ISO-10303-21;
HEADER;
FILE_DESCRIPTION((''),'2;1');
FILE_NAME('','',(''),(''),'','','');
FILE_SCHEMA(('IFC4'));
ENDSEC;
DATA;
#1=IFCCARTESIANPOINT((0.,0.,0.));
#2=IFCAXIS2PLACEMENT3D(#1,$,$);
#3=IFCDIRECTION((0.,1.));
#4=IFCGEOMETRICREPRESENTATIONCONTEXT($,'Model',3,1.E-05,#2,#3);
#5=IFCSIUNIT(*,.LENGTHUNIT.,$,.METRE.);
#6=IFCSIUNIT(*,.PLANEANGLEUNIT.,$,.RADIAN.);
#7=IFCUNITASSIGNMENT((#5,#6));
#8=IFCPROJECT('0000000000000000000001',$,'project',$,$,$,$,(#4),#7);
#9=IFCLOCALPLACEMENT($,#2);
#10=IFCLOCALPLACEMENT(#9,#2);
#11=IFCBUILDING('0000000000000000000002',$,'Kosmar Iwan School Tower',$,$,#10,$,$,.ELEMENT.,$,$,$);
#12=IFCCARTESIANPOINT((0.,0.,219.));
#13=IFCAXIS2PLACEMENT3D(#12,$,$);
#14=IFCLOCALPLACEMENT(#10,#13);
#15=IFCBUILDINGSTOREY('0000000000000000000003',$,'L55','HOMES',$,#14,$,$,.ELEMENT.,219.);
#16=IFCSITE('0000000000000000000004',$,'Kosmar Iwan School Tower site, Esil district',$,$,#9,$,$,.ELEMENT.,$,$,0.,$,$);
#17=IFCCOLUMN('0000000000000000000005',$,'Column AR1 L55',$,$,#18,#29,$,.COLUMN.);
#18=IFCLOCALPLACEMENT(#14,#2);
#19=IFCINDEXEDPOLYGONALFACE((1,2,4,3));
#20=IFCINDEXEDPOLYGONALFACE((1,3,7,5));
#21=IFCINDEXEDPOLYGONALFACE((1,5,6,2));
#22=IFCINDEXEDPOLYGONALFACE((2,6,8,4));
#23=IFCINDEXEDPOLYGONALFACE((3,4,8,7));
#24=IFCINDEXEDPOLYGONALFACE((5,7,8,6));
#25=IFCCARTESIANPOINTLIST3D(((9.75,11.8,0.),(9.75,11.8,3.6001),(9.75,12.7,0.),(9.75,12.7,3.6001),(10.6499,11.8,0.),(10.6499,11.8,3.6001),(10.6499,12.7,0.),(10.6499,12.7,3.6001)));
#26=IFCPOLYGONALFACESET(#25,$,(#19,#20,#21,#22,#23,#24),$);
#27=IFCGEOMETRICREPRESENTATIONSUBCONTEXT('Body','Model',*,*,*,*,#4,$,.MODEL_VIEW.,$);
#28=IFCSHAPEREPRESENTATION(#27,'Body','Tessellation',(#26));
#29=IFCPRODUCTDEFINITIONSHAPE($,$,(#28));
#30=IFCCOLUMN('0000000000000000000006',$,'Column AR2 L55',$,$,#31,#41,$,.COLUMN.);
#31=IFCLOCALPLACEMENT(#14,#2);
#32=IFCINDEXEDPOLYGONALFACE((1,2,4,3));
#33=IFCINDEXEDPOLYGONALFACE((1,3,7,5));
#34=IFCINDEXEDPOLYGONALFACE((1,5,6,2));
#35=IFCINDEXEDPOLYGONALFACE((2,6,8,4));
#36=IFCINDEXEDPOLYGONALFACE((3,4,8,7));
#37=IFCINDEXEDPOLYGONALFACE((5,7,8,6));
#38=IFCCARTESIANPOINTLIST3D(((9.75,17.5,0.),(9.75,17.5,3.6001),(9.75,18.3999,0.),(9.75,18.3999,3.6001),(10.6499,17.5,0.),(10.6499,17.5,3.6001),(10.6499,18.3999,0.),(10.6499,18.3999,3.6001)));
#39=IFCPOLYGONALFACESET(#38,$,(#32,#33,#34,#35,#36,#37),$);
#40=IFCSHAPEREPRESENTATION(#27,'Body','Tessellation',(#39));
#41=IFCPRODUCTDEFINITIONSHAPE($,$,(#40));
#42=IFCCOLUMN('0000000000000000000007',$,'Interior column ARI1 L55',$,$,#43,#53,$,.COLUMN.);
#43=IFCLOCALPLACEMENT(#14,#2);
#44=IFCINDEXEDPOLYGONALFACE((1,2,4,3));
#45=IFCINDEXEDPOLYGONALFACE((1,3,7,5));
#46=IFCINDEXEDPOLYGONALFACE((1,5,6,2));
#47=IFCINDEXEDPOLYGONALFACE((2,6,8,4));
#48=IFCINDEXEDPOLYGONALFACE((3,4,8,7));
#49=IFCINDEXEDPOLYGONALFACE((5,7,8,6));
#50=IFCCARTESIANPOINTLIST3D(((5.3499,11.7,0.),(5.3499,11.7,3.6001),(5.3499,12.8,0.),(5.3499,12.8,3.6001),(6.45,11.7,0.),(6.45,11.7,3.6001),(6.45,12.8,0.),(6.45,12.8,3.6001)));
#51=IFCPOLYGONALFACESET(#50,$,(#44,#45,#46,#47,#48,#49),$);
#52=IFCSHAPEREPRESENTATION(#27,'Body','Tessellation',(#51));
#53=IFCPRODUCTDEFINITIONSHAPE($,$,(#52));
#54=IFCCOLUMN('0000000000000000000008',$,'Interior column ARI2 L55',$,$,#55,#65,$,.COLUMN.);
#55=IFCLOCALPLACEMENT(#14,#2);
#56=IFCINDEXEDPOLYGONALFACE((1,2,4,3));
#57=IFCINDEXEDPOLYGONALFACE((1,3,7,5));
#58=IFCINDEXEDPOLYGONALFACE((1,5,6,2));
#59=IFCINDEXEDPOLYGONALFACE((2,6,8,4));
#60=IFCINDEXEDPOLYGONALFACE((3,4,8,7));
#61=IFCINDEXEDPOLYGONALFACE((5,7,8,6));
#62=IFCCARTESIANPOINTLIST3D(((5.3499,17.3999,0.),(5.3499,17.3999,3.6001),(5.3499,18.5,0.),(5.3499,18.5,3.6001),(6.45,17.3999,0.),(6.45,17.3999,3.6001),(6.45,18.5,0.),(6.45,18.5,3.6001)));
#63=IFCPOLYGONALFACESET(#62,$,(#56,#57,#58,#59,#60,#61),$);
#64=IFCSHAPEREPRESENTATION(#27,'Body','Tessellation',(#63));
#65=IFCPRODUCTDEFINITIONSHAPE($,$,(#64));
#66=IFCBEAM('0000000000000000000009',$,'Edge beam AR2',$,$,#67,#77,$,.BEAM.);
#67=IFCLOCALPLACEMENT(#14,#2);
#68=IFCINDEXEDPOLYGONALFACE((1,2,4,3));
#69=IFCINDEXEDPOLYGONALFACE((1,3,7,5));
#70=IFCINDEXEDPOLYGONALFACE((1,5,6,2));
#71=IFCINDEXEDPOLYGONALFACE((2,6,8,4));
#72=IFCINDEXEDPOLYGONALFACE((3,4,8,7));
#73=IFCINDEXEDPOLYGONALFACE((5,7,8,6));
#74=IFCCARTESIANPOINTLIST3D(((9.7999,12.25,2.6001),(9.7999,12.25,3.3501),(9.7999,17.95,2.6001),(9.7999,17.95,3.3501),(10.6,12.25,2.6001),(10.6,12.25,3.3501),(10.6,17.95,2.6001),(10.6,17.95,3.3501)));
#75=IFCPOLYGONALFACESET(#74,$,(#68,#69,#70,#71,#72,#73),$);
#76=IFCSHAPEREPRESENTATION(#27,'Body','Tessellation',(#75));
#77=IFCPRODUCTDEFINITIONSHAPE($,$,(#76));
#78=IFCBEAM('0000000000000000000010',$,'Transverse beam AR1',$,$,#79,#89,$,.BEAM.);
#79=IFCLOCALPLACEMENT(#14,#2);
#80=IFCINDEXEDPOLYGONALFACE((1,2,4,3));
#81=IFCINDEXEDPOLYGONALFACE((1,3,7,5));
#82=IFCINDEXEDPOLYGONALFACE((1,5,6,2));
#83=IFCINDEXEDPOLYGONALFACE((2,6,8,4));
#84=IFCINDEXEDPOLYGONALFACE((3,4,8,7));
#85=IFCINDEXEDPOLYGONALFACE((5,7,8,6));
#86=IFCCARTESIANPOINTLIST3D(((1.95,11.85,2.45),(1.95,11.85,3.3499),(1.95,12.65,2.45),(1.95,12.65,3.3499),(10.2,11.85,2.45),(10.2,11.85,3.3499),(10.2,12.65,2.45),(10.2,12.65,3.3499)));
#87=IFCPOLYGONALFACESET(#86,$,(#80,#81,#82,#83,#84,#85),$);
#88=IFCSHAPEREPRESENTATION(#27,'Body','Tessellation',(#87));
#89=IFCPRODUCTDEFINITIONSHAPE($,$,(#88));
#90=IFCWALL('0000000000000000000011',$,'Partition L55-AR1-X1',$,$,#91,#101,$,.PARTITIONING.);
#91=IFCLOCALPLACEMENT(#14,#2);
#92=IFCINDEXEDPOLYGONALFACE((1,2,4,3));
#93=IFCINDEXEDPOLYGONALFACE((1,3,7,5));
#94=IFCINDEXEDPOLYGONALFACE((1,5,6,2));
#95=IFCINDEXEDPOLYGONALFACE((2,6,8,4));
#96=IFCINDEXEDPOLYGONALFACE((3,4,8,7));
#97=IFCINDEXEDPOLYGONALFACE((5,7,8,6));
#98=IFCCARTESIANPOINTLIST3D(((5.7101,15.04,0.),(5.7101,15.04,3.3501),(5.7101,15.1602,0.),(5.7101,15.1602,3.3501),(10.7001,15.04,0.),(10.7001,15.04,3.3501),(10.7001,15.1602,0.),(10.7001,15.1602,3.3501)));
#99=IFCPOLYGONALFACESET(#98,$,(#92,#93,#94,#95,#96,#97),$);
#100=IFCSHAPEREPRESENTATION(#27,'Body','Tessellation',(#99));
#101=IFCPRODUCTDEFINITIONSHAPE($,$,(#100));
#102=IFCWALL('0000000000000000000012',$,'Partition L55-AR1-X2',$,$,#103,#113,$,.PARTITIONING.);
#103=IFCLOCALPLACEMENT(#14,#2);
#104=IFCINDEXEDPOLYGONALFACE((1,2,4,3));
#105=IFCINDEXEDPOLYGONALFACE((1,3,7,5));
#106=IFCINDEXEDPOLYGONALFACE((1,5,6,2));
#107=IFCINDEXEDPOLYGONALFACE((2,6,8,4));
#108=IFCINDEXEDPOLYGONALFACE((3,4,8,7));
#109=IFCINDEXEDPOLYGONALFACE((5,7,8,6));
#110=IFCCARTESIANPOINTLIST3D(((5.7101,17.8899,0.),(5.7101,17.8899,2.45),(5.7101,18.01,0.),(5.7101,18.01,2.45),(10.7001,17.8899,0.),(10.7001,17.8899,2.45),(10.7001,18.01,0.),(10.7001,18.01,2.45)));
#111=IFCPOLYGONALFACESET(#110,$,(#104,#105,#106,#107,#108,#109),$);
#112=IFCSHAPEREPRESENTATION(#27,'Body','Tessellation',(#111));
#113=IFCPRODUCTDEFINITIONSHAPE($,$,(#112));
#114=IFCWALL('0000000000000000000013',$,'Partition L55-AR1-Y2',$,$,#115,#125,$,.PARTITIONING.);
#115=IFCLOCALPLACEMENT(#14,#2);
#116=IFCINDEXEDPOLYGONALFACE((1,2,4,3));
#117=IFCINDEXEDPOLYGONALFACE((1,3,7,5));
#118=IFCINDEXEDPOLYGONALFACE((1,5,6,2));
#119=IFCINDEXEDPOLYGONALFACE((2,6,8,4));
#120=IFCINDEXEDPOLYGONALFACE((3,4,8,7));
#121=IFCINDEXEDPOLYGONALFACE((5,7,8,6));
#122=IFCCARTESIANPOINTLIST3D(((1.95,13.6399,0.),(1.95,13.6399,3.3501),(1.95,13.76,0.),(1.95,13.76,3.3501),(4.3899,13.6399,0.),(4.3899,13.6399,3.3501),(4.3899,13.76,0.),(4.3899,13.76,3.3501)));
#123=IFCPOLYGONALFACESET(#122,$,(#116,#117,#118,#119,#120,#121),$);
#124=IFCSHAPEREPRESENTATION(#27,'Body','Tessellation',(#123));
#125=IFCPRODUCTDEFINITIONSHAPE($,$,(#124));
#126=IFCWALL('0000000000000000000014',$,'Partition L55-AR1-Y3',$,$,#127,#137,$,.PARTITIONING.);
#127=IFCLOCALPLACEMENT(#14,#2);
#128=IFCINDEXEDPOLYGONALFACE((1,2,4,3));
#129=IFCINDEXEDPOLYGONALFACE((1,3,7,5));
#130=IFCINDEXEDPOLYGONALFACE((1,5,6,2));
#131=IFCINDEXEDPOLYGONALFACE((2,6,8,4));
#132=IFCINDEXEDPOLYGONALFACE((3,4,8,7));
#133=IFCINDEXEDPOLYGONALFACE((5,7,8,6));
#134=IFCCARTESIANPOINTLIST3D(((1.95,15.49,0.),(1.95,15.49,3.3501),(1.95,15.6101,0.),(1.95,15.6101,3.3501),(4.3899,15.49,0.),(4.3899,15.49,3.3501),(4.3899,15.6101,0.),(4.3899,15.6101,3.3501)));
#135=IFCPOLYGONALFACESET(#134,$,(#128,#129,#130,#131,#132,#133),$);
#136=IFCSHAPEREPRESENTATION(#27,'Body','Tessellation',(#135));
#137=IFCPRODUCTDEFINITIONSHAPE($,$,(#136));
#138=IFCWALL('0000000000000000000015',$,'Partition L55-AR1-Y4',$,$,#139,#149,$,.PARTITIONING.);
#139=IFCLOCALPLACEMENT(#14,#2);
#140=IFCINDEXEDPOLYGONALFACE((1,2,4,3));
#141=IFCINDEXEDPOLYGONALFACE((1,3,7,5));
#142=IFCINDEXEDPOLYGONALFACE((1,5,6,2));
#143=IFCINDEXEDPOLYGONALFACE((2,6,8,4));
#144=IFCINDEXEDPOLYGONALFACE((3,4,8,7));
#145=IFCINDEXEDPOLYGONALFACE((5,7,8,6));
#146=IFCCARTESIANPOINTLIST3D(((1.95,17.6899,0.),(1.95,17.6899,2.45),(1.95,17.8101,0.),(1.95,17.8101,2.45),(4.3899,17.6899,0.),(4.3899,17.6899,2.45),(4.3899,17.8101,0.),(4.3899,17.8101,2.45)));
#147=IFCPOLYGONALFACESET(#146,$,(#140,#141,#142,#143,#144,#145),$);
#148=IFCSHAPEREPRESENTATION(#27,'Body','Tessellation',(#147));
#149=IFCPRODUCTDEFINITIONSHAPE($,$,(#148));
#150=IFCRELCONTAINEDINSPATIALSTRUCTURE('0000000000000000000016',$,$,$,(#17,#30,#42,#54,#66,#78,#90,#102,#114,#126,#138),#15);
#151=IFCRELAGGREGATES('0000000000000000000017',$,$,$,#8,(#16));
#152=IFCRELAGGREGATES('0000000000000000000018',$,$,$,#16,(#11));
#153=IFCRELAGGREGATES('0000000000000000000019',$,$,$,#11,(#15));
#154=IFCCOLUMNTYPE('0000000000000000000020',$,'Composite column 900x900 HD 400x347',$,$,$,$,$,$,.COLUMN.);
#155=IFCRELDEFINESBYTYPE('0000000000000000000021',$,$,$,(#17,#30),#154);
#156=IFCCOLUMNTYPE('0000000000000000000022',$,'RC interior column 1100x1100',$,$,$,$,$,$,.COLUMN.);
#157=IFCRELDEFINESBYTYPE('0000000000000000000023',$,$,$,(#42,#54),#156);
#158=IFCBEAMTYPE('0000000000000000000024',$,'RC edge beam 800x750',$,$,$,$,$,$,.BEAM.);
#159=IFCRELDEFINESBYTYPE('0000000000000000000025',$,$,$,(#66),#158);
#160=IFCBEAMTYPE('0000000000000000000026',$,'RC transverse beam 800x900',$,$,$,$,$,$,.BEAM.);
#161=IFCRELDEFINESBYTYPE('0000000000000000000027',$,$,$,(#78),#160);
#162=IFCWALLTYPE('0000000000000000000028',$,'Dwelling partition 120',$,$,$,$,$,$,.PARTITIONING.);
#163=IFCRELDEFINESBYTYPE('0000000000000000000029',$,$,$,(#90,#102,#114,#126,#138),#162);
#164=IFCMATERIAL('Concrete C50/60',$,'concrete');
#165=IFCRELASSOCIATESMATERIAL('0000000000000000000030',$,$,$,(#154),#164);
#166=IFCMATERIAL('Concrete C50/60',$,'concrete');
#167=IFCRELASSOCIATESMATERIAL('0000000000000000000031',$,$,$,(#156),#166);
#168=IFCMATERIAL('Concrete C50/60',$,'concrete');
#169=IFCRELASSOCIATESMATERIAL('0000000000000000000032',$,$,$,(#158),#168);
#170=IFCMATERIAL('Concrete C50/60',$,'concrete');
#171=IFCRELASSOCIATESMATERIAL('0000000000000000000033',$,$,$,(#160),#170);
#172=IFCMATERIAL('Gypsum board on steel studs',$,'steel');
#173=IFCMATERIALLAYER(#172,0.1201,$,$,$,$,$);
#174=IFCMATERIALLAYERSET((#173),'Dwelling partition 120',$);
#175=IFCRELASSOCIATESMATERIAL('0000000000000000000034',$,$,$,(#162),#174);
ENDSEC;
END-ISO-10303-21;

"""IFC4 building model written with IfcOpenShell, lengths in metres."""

from ifc_helpers import new_model, si_unit, direction, frame, frame_2d, origin, origin_2d, place, context, subcontext, project, spatial, rectangle, extrude, material, layer, layer_set, material_profile, profile_set, type_object, element, save


model = new_model("IFC4")

# Units and contexts
model_context = context("Model", 3, precision=1e-05, world=origin(), true_north=direction((0.0, 1.0)))
body_context = subcontext(model_context, "Body", "Model", "MODEL_VIEW")
ifc_project = project(units=[si_unit("LENGTHUNIT", "METRE"), si_unit("PLANEANGLEUNIT", "RADIAN")], contexts=[model_context])

# Site, building, storey
site_placement = place(None, origin())
site = spatial("IfcSite", under=ifc_project, at=site_placement, Name="Kosmar Iwan School Tower site, Esil district", CompositionType="ELEMENT", RefElevation=0.0)
building_placement = place(site_placement, origin())
building = spatial("IfcBuilding", under=site, at=building_placement, Name="Kosmar Iwan School Tower", CompositionType="ELEMENT")
storey_placement = place(building_placement, frame((0.0, 0.0, 219.0)))
storey = spatial("IfcBuildingStorey", under=building, at=storey_placement, Name="L55", Description="HOMES", CompositionType="ELEMENT", Elevation=219.0)

# Columns
ifc_material_1 = material(Name="Concrete C50/60", Category="concrete")
ifc_material_profile_1 = material_profile(ifc_material_1, rectangle(XDim=0.8999, YDim=0.8999, at=origin_2d()), Name="RC 900x900 + HD 400x347")
ifc_profile_set_1 = profile_set([ifc_material_profile_1], Name="Concrete C50/60")
column_type_1 = type_object("IfcColumnType", Name="Composite column 900x900 HD 400x347", PredefinedType="COLUMN", material=ifc_profile_set_1)
for number, where, z_axis, x_axis, name in (
    (1, (10.2, 12.25, 0.0), (0.0, 0.0, 1.0), (0.0, 1.0, 0.0), "Column AR1 L55"),
    (2, (10.2, 17.95, 0.0), (0.0, 0.0, 1.0), (0.0, 1.0, 0.0), "Column AR2 L55"),
):
    element("IfcColumn", number, at=place(storey_placement, frame(where, z_axis=z_axis, x_axis=x_axis)), inside=storey, type_object=column_type_1, Name=name, PredefinedType="COLUMN", context=body_context, shape_type="SweptSolid", body=[
        extrude(rectangle(XDim=0.8999, YDim=0.8999, at=origin_2d()), origin(), (0.0, 0.0, 1.0), 3.6001),
    ])
ifc_material_2 = material(Name="Concrete C50/60", Category="concrete")
ifc_material_profile_2 = material_profile(ifc_material_2, rectangle(XDim=1.1001, YDim=1.1001, at=origin_2d()), Name="RC 1100x1100")
ifc_profile_set_2 = profile_set([ifc_material_profile_2], Name="Concrete C50/60")
column_type_2 = type_object("IfcColumnType", Name="RC interior column 1100x1100", PredefinedType="COLUMN", material=ifc_profile_set_2)
for number, where, z_axis, x_axis, name in (
    (3, (5.8999, 12.25, 0.0), (0.0, 0.0, 1.0), (0.0, 1.0, 0.0), "Interior column ARI1 L55"),
    (4, (5.8999, 17.95, 0.0), (0.0, 0.0, 1.0), (0.0, 1.0, 0.0), "Interior column ARI2 L55"),
):
    element("IfcColumn", number, at=place(storey_placement, frame(where, z_axis=z_axis, x_axis=x_axis)), inside=storey, type_object=column_type_2, Name=name, PredefinedType="COLUMN", context=body_context, shape_type="SweptSolid", body=[
        extrude(rectangle(XDim=1.1001, YDim=1.1001, at=origin_2d()), origin(), (0.0, 0.0, 1.0), 3.6001),
    ])

# Beams
ifc_material_3 = material(Name="Concrete C50/60", Category="concrete")
ifc_material_profile_3 = material_profile(ifc_material_3, rectangle(XDim=0.8, YDim=0.75, at=origin_2d()), Name="RC 800x750")
ifc_profile_set_3 = profile_set([ifc_material_profile_3], Name="Concrete C50/60")
beam_type_1 = type_object("IfcBeamType", Name="RC edge beam 800x750", PredefinedType="BEAM", material=ifc_profile_set_3)
beam_1_placement = place(storey_placement, frame((10.2, 12.25, 2.9751), z_axis=(0.0, 1.0, 0.0), x_axis=(-1.0, 0.0, 0.0)))
element("IfcBeam", 5, at=beam_1_placement, inside=storey, type_object=beam_type_1, Name="Edge beam AR2", PredefinedType="BEAM", context=body_context, shape_type="SweptSolid", body=[
    extrude(rectangle(XDim=0.8, YDim=0.75, at=origin_2d()), origin(), (0.0, 0.0, 1.0), 5.7),
])
ifc_material_4 = material(Name="Concrete C50/60", Category="concrete")
ifc_material_profile_4 = material_profile(ifc_material_4, rectangle(XDim=0.8, YDim=0.8999, at=origin_2d()), Name="RC 800x900")
ifc_profile_set_4 = profile_set([ifc_material_profile_4], Name="Concrete C50/60")
beam_type_2 = type_object("IfcBeamType", Name="RC transverse beam 800x900", PredefinedType="BEAM", material=ifc_profile_set_4)
beam_2_placement = place(storey_placement, frame((10.2, 12.25, 2.8999), z_axis=(-1.0, 0.0, 0.0), x_axis=(0.0, -1.0, 0.0)))
element("IfcBeam", 6, at=beam_2_placement, inside=storey, type_object=beam_type_2, Name="Transverse beam AR1", PredefinedType="BEAM", context=body_context, shape_type="SweptSolid", body=[
    extrude(rectangle(XDim=0.8, YDim=0.8999, at=origin_2d()), origin(), (0.0, 0.0, 1.0), 8.25),
])

# Walls
ifc_material_5 = material(Name="Gypsum board on steel studs", Category="steel")
ifc_layer = layer(ifc_material_5, 0.1201)
ifc_layer_set = layer_set([ifc_layer], Name="Dwelling partition 120")
wall_type = type_object("IfcWallType", Name="Dwelling partition 120", PredefinedType="PARTITIONING", material=ifc_layer_set)
wall_1_placement = place(storey_placement, frame((5.71, 15.1001, 0.0), z_axis=(0.0, 0.0, 1.0), x_axis=(1.0, 0.0, 0.0)))
element("IfcWall", 7, at=wall_1_placement, inside=storey, type_object=wall_type, Name="Partition L55-AR1-X1", PredefinedType="PARTITIONING", context=body_context, shape_type="SweptSolid", body=[
    extrude(rectangle(XDim=4.99, YDim=0.1201, at=frame_2d((2.4951, 0.0))), origin(), (0.0, 0.0, 1.0), 3.3501),
])
wall_2_placement = place(storey_placement, frame((5.71, 17.95, 0.0), z_axis=(0.0, 0.0, 1.0), x_axis=(1.0, 0.0, 0.0)))
element("IfcWall", 8, at=wall_2_placement, inside=storey, type_object=wall_type, Name="Partition L55-AR1-X2", PredefinedType="PARTITIONING", context=body_context, shape_type="SweptSolid", body=[
    extrude(rectangle(XDim=4.99, YDim=0.1201, at=frame_2d((2.4951, 0.0))), origin(), (0.0, 0.0, 1.0), 2.45),
])
for number, where, z_axis, x_axis, name in (
    (9, (1.95, 13.7, 0.0), (0.0, 0.0, 1.0), (1.0, 0.0, 0.0), "Partition L55-AR1-Y2"),
    (10, (1.95, 15.55, 0.0), (0.0, 0.0, 1.0), (1.0, 0.0, 0.0), "Partition L55-AR1-Y3"),
):
    element("IfcWall", number, at=place(storey_placement, frame(where, z_axis=z_axis, x_axis=x_axis)), inside=storey, type_object=wall_type, Name=name, PredefinedType="PARTITIONING", context=body_context, shape_type="SweptSolid", body=[
        extrude(rectangle(XDim=2.4399, YDim=0.1201, at=frame_2d((1.22, 0.0))), origin(), (0.0, 0.0, 1.0), 3.3501),
    ])
wall_3_placement = place(storey_placement, frame((1.95, 17.75, 0.0), z_axis=(0.0, 0.0, 1.0), x_axis=(1.0, 0.0, 0.0)))
element("IfcWall", 11, at=wall_3_placement, inside=storey, type_object=wall_type, Name="Partition L55-AR1-Y4", PredefinedType="PARTITIONING", context=body_context, shape_type="SweptSolid", body=[
    extrude(rectangle(XDim=2.4399, YDim=0.1201, at=frame_2d((1.22, 0.0))), origin(), (0.0, 0.0, 1.0), 2.45),
])

save(model, "model.ifc")
